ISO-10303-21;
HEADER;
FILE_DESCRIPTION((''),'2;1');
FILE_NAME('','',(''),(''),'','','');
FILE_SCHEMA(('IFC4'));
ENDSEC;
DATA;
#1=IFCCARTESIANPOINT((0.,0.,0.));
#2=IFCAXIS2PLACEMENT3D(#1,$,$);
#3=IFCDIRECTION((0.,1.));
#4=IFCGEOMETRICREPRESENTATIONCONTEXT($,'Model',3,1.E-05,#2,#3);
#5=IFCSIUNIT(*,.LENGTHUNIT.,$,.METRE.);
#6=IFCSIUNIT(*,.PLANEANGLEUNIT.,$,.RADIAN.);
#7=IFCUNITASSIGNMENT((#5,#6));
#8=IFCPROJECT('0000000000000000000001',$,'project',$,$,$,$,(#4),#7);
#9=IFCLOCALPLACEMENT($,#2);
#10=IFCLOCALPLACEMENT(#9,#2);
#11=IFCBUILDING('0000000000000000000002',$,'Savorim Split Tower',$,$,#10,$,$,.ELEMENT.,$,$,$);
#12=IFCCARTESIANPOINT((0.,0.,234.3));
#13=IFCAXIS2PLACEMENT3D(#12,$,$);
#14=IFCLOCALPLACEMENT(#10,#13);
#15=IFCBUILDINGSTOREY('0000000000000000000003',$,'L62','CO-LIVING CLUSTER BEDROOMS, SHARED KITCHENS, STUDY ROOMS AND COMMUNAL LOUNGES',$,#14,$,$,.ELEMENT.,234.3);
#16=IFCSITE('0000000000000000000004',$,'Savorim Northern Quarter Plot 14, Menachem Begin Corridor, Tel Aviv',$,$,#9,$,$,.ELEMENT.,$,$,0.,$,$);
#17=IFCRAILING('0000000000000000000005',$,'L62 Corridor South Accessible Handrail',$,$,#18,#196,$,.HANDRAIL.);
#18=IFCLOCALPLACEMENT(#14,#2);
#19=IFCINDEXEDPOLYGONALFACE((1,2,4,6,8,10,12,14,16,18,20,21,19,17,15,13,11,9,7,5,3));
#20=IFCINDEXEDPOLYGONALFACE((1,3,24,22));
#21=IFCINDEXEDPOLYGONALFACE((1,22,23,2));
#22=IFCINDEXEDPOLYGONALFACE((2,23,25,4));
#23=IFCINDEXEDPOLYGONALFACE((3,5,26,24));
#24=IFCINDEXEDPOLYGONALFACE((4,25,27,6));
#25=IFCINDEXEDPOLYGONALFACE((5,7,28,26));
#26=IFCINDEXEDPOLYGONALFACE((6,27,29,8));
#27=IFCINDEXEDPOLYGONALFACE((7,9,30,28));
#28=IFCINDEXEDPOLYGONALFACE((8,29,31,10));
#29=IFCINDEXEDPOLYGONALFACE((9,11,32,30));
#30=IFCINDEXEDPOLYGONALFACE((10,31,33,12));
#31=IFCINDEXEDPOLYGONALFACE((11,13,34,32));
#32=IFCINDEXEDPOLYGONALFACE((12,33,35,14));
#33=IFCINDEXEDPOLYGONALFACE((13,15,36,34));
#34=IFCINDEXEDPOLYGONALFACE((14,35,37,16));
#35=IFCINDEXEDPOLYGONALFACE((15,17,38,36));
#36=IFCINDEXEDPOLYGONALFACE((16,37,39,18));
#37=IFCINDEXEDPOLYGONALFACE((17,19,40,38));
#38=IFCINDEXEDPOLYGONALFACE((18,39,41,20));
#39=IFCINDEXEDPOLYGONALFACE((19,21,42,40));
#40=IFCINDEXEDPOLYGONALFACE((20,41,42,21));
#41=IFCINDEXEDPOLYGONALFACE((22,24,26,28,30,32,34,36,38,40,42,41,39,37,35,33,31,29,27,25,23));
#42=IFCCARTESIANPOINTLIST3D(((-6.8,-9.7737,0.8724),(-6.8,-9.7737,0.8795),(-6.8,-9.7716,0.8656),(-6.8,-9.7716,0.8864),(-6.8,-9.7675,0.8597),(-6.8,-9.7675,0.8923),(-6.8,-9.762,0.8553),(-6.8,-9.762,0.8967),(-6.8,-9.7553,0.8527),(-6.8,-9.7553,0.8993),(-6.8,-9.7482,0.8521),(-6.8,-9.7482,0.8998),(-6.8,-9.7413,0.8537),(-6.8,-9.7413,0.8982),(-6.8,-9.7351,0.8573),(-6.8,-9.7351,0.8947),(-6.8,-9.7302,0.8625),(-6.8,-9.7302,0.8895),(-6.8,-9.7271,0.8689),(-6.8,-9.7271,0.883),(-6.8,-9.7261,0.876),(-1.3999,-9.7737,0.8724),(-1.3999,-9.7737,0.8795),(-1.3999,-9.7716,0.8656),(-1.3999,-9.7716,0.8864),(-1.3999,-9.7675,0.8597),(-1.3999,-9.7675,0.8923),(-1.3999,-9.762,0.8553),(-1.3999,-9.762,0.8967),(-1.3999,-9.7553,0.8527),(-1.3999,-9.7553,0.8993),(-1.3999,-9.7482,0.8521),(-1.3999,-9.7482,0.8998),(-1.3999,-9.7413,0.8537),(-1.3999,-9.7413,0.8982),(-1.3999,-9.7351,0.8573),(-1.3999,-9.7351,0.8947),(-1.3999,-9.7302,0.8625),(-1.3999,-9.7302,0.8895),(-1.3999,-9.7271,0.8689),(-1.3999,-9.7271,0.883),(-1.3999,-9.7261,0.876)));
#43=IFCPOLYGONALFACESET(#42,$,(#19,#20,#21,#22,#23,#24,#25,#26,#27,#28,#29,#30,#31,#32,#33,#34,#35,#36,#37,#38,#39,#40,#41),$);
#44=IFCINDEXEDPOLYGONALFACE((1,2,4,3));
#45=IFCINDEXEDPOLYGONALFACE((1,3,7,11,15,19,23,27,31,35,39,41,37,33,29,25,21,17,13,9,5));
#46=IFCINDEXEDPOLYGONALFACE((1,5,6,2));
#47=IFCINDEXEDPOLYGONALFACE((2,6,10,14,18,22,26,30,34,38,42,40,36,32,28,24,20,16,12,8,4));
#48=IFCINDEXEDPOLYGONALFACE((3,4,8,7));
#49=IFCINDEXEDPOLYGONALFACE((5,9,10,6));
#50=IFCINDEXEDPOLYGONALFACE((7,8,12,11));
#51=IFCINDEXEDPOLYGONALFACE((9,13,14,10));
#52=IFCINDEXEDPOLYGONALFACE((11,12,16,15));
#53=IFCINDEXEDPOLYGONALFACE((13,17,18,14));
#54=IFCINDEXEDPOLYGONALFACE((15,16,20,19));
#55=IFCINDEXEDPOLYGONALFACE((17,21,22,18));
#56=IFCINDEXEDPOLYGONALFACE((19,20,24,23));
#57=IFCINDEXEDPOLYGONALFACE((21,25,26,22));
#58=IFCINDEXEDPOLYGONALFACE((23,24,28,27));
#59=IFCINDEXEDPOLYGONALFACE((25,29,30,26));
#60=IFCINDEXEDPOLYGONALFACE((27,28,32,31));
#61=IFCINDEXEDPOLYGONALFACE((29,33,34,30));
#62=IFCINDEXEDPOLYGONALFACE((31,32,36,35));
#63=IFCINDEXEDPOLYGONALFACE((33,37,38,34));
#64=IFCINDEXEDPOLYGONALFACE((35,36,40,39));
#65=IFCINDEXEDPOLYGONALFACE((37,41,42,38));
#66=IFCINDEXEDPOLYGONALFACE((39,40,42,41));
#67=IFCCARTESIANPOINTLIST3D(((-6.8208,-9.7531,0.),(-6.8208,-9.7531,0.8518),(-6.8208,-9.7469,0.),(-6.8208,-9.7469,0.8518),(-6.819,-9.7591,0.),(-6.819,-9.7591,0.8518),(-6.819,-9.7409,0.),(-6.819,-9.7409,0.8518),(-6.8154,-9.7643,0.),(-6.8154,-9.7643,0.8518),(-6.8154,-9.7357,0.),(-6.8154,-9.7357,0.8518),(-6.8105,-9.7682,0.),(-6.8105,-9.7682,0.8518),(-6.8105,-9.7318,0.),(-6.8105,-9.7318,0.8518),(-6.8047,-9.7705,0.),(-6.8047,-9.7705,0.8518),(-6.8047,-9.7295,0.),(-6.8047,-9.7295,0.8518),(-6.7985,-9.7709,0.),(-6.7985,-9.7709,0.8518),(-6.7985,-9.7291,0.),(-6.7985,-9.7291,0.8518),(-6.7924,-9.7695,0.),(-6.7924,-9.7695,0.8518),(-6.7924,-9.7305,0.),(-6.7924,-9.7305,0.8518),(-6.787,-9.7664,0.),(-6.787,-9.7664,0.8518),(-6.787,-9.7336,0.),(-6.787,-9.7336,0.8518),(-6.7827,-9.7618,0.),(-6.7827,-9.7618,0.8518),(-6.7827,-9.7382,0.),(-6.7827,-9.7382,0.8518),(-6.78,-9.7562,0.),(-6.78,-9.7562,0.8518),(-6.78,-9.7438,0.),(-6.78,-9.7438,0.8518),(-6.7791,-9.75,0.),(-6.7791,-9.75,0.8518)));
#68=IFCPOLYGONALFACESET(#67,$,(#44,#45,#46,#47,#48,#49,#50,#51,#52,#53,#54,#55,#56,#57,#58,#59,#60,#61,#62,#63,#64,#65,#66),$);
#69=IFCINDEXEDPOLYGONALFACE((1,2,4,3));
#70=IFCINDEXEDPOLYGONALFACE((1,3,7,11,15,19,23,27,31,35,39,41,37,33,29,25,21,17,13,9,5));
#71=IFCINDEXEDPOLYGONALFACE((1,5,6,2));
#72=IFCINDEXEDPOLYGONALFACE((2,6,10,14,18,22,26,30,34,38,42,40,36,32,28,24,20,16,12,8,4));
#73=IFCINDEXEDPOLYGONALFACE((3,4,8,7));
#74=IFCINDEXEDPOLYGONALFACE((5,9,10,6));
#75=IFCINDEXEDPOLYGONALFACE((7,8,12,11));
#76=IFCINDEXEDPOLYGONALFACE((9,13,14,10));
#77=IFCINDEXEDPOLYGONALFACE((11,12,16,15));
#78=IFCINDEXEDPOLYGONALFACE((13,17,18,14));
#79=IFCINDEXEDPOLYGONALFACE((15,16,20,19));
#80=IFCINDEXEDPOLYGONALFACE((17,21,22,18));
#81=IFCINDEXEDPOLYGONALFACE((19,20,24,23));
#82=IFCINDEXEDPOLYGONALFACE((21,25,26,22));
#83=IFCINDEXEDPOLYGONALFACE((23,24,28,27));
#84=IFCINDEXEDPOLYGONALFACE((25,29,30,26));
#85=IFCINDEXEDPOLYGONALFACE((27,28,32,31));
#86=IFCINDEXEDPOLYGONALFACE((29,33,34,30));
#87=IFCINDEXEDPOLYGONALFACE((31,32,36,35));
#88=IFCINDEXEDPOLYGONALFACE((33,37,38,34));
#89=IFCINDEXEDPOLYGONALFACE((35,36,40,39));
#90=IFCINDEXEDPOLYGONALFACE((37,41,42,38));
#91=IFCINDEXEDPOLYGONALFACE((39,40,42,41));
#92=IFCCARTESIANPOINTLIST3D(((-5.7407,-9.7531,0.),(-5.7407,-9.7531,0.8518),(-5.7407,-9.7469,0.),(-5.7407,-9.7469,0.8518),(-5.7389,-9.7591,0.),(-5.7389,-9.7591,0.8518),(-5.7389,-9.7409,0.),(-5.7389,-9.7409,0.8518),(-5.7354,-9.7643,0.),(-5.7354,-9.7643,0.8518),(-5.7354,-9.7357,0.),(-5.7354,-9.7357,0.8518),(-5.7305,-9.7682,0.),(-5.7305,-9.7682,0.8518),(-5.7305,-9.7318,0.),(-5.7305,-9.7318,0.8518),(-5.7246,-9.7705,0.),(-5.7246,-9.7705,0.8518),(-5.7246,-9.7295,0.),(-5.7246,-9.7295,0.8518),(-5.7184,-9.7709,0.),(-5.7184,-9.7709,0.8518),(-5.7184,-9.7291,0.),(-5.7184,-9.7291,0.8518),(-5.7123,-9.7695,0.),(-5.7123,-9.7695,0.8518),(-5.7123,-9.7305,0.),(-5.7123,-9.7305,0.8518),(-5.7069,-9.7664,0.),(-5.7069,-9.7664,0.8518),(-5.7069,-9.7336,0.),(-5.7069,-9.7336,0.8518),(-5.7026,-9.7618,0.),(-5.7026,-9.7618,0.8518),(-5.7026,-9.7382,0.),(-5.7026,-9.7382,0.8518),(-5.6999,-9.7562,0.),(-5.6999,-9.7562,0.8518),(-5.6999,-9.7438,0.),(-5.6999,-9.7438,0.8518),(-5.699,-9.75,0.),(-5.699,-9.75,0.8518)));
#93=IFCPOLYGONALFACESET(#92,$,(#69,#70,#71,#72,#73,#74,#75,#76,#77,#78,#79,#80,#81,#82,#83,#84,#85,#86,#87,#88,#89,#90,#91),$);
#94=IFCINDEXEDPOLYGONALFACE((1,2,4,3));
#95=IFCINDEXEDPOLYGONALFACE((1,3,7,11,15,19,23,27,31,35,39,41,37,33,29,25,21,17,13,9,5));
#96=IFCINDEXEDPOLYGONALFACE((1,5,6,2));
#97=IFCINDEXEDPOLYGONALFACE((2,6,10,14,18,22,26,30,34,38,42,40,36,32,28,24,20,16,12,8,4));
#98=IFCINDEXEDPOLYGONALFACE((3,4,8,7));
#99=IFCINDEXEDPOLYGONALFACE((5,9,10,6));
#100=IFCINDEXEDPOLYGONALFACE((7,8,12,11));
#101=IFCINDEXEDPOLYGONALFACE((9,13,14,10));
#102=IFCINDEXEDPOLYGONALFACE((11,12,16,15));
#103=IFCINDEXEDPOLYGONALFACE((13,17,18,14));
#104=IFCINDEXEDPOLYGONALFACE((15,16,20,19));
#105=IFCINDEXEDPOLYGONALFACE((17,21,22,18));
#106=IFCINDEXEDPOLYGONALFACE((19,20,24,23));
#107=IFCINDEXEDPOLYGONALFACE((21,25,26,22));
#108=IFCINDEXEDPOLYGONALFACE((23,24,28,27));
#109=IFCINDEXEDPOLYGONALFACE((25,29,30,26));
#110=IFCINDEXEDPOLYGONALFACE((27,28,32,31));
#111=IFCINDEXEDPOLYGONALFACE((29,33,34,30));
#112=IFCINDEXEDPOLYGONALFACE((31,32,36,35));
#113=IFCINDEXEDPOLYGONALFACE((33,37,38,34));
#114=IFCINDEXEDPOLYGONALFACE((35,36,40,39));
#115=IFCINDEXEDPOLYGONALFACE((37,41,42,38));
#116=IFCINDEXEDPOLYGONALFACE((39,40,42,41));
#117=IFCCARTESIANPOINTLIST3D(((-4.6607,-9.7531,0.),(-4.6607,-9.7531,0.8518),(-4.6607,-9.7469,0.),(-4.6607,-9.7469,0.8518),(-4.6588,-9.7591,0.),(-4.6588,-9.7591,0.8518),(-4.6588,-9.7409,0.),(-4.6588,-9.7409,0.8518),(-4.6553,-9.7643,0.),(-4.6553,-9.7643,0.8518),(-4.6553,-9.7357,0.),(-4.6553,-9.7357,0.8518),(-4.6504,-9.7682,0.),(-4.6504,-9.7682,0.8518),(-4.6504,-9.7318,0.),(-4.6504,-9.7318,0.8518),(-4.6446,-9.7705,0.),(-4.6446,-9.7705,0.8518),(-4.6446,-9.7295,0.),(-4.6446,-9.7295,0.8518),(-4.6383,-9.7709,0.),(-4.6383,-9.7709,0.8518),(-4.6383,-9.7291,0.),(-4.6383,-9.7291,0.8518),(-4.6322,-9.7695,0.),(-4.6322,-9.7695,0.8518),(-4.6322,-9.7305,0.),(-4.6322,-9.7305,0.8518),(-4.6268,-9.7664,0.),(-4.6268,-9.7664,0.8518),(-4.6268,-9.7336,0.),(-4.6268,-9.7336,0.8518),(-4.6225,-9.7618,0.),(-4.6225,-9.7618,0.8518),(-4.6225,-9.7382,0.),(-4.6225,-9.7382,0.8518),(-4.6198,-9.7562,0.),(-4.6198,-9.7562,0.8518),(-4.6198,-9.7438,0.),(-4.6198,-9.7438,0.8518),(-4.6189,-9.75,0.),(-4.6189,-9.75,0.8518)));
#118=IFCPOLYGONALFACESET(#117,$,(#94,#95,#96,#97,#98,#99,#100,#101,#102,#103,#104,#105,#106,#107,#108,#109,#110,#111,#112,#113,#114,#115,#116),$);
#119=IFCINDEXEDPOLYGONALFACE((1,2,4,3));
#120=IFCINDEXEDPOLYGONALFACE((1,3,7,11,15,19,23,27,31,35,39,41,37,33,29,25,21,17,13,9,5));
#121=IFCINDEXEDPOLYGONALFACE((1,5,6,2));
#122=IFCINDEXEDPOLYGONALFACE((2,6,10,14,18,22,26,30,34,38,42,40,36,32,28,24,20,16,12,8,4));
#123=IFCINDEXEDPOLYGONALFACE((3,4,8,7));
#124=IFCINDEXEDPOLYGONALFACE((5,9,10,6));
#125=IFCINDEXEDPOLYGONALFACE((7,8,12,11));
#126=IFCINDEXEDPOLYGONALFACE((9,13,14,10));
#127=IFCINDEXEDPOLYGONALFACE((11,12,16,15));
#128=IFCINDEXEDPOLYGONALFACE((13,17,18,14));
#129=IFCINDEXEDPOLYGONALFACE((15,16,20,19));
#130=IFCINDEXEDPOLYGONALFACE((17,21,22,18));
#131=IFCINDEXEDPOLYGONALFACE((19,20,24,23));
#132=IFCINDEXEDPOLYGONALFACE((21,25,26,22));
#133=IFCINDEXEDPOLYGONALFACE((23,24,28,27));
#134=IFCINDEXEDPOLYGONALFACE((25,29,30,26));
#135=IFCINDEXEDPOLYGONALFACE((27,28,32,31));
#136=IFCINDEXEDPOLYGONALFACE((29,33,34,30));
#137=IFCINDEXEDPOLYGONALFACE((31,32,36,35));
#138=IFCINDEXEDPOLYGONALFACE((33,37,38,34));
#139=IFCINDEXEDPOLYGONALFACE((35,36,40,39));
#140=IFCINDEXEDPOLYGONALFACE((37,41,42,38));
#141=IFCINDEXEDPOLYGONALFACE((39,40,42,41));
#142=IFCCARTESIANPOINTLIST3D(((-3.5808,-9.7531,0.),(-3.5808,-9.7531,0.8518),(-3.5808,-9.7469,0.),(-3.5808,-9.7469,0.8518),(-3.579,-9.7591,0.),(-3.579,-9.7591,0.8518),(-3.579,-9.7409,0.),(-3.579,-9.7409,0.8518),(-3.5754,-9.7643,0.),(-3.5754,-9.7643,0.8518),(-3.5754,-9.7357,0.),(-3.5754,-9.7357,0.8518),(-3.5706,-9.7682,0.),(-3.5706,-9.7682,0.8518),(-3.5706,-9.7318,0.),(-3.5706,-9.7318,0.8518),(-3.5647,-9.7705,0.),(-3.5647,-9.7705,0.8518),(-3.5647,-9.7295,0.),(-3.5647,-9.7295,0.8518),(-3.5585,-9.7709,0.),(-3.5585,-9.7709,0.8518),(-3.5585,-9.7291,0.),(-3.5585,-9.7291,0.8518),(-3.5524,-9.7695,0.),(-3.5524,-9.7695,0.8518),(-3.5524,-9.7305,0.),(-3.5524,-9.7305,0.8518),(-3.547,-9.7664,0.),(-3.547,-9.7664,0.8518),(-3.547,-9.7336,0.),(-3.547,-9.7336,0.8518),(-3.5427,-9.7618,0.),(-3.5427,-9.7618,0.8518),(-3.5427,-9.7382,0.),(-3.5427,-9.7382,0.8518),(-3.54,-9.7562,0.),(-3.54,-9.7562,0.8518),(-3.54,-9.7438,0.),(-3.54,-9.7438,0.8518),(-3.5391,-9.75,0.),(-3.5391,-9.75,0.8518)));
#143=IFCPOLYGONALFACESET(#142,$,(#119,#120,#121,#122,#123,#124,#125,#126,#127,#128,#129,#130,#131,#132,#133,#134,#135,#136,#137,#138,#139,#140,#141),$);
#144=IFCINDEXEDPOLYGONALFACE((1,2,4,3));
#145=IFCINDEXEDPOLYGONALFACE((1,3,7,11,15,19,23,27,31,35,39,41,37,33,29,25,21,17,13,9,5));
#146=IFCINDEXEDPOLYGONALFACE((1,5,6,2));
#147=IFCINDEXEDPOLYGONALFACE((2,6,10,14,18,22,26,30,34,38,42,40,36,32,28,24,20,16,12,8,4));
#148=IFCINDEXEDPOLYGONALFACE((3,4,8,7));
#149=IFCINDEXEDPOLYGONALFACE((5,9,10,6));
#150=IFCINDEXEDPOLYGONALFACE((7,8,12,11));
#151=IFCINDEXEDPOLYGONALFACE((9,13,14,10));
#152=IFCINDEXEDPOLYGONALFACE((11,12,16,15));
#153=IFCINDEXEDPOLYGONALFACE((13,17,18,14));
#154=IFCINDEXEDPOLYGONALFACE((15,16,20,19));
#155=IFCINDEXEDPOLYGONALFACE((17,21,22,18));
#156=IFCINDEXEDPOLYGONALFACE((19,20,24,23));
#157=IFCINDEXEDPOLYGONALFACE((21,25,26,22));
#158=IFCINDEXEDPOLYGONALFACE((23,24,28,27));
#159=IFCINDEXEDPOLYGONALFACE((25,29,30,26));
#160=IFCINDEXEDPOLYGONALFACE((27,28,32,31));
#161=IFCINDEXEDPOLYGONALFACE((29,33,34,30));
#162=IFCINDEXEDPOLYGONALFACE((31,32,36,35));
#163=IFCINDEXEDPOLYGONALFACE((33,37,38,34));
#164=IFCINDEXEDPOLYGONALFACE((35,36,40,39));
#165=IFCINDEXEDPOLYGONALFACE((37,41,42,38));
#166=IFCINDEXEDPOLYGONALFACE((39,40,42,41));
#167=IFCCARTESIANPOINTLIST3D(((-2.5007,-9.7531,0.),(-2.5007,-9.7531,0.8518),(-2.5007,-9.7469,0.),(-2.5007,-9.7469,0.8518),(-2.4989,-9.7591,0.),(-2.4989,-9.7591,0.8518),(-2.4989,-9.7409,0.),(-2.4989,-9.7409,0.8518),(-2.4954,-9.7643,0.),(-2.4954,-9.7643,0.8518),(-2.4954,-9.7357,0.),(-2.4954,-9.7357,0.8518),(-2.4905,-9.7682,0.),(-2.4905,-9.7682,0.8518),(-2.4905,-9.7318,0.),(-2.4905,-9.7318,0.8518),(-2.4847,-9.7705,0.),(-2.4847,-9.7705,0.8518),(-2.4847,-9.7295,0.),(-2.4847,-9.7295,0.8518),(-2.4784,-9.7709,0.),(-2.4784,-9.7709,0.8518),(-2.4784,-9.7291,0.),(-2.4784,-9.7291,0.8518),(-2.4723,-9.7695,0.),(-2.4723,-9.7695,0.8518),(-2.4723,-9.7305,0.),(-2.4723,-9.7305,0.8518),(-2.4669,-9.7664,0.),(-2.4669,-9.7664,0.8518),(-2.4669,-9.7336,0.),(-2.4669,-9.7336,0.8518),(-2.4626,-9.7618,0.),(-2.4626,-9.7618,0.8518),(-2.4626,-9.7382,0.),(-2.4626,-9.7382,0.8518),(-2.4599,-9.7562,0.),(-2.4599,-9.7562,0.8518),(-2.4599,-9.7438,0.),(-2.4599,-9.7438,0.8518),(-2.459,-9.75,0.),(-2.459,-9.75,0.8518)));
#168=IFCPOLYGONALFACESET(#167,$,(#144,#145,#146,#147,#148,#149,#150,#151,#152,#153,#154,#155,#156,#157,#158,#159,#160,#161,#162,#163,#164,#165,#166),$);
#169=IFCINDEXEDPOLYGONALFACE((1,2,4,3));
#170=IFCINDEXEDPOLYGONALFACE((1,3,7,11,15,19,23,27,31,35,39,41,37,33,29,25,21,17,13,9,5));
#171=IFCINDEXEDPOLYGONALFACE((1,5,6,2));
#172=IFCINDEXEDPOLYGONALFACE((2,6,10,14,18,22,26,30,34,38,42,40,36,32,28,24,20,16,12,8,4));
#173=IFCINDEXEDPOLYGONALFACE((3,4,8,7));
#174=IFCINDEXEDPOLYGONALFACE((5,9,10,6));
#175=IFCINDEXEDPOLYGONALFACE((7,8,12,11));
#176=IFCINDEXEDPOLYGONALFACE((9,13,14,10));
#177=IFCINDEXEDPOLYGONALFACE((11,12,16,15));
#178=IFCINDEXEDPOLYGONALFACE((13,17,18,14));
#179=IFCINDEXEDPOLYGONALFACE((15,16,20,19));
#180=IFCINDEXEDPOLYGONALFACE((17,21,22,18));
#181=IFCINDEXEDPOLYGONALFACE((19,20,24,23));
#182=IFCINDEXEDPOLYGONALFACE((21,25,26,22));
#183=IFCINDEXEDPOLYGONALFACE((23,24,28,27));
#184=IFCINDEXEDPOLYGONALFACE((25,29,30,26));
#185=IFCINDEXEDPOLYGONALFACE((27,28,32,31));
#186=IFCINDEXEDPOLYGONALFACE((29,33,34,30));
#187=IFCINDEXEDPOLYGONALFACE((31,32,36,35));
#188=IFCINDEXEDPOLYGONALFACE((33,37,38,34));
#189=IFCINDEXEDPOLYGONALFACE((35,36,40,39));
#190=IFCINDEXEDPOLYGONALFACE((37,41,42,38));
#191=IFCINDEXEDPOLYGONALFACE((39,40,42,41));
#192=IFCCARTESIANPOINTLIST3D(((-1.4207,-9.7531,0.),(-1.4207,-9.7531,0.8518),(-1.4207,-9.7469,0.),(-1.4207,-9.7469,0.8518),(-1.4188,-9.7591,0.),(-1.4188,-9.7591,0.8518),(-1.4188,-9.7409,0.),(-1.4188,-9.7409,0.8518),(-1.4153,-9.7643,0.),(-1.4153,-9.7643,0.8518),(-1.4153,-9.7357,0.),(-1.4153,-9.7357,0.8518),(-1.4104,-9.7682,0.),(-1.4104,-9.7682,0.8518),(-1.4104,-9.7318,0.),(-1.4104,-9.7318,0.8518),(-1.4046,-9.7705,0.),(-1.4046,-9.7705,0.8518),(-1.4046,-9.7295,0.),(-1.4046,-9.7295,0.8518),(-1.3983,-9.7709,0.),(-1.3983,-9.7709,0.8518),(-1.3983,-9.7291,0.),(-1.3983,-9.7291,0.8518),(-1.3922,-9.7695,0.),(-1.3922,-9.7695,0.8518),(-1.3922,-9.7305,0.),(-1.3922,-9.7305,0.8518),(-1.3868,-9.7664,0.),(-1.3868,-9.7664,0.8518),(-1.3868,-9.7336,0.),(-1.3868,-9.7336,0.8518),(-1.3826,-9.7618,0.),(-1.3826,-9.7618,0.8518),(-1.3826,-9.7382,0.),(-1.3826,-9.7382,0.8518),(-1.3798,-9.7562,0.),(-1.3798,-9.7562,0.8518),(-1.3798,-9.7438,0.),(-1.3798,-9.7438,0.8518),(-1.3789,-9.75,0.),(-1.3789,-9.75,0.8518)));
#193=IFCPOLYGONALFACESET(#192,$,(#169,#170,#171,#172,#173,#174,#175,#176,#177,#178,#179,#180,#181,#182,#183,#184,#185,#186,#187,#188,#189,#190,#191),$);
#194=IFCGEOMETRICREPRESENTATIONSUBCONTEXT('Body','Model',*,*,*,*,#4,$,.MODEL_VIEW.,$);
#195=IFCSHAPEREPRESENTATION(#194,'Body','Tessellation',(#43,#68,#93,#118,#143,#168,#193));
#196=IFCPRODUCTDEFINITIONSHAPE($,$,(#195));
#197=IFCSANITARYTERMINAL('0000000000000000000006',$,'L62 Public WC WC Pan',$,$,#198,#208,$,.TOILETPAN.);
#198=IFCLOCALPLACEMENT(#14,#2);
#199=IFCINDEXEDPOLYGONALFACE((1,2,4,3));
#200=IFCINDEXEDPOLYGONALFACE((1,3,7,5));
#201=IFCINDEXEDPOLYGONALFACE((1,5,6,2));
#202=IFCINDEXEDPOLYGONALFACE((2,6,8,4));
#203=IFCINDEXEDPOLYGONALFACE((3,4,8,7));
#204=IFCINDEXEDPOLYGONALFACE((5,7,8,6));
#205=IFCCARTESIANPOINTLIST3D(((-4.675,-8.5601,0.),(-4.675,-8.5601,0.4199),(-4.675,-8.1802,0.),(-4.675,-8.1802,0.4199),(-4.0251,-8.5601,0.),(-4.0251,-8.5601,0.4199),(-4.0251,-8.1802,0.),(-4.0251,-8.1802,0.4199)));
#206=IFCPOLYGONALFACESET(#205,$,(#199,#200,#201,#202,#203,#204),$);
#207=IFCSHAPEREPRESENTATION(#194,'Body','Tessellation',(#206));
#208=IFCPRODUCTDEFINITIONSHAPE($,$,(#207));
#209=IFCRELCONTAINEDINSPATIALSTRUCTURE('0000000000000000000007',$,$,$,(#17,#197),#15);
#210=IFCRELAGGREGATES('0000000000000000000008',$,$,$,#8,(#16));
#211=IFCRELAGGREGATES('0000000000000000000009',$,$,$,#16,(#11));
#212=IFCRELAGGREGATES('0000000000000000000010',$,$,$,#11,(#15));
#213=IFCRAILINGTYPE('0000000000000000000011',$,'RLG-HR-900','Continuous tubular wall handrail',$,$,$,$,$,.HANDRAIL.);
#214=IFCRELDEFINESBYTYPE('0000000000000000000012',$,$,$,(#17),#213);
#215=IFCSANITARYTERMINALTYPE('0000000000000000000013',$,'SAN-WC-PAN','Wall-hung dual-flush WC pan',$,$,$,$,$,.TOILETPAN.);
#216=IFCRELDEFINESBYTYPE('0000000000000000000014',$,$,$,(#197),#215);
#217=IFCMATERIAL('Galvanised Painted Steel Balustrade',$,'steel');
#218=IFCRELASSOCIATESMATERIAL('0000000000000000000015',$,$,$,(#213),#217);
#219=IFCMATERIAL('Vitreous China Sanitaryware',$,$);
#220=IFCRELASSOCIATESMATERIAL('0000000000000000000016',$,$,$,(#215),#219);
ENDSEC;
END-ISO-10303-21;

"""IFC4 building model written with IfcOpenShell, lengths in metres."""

from ifc_helpers import new_model, si_unit, direction, frame, origin, origin_2d, place, context, subcontext, project, spatial, rectangle, circle, extrude, material, type_object, element, save


model = new_model("IFC4")

# Units and contexts
model_context = context("Model", 3, precision=1e-05, world=origin(), true_north=direction((0.0, 1.0)))
body_context = subcontext(model_context, "Body", "Model", "MODEL_VIEW")
ifc_project = project(units=[si_unit("LENGTHUNIT", "METRE"), si_unit("PLANEANGLEUNIT", "RADIAN")], contexts=[model_context])

# Site, building, storey
site_placement = place(None, origin())
site = spatial("IfcSite", under=ifc_project, at=site_placement, Name="Savorim Northern Quarter Plot 14, Menachem Begin Corridor, Tel Aviv", CompositionType="ELEMENT", RefElevation=0.0)
building_placement = place(site_placement, origin())
building = spatial("IfcBuilding", under=site, at=building_placement, Name="Savorim Split Tower", CompositionType="ELEMENT")
storey_placement = place(building_placement, frame((0.0, 0.0, 234.3)))
storey = spatial("IfcBuildingStorey", under=building, at=storey_placement, Name="L62", Description="CO-LIVING CLUSTER BEDROOMS, SHARED KITCHENS, STUDY ROOMS AND COMMUNAL LOUNGES", CompositionType="ELEMENT", Elevation=234.3)

# Railing
ifc_material_1 = material(Name="Galvanised Painted Steel Balustrade", Category="steel")
railing_type = type_object("IfcRailingType", Name="RLG-HR-900", Description="Continuous tubular wall handrail", PredefinedType="HANDRAIL", material=ifc_material_1)
railing_placement = place(storey_placement, frame((-6.8, -9.75, 0.0)))
element("IfcRailing", 1, at=railing_placement, inside=storey, type_object=railing_type, Name="L62 Corridor South Accessible Handrail", PredefinedType="HANDRAIL", context=body_context, shape_type="SweptSolid", body=[
    extrude(circle(Radius=0.0239, at=origin_2d()), frame((0.0, 0.0, 0.876), z_axis=(1.0, 0.0, 0.0), x_axis=(0.0, 1.0, 0.0)), (0.0, 0.0, 1.0), 5.4001),
    extrude(circle(Radius=0.021, at=origin_2d()), origin(), (0.0, 0.0, 1.0), 0.8518),
    extrude(circle(Radius=0.021, at=origin_2d()), frame((1.0801, 0.0, 0.0)), (0.0, 0.0, 1.0), 0.8518),
    extrude(circle(Radius=0.021, at=origin_2d()), frame((2.1602, 0.0, 0.0)), (0.0, 0.0, 1.0), 0.8518),
    extrude(circle(Radius=0.021, at=origin_2d()), frame((3.24, 0.0, 0.0)), (0.0, 0.0, 1.0), 0.8518),
    extrude(circle(Radius=0.021, at=origin_2d()), frame((4.3201, 0.0, 0.0)), (0.0, 0.0, 1.0), 0.8518),
    extrude(circle(Radius=0.021, at=origin_2d()), frame((5.4001, 0.0, 0.0)), (0.0, 0.0, 1.0), 0.8518),
])

# Sanitary terminal
ifc_material_2 = material(Name="Vitreous China Sanitaryware")
sanitary_terminal_type_1 = type_object("IfcSanitaryTerminalType", Name="SAN-WC-PAN", Description="Wall-hung dual-flush WC pan", PredefinedType="TOILETPAN", material=ifc_material_2)
sanitary_terminal_1_placement = place(storey_placement, frame((-4.3501, -8.3701, 0.0), z_axis=(0.0, 0.0, 1.0), x_axis=(1.0, 0.0, 0.0)))
element("IfcSanitaryTerminal", 2, at=sanitary_terminal_1_placement, inside=storey, type_object=sanitary_terminal_type_1, Name="L62 Public WC WC Pan", PredefinedType="TOILETPAN", context=body_context, shape_type="SweptSolid", body=[
    extrude(rectangle(XDim=0.6499, YDim=0.3799, at=origin_2d()), origin(), (0.0, 0.0, 1.0), 0.4199),
])

save(model, "model.ifc")
